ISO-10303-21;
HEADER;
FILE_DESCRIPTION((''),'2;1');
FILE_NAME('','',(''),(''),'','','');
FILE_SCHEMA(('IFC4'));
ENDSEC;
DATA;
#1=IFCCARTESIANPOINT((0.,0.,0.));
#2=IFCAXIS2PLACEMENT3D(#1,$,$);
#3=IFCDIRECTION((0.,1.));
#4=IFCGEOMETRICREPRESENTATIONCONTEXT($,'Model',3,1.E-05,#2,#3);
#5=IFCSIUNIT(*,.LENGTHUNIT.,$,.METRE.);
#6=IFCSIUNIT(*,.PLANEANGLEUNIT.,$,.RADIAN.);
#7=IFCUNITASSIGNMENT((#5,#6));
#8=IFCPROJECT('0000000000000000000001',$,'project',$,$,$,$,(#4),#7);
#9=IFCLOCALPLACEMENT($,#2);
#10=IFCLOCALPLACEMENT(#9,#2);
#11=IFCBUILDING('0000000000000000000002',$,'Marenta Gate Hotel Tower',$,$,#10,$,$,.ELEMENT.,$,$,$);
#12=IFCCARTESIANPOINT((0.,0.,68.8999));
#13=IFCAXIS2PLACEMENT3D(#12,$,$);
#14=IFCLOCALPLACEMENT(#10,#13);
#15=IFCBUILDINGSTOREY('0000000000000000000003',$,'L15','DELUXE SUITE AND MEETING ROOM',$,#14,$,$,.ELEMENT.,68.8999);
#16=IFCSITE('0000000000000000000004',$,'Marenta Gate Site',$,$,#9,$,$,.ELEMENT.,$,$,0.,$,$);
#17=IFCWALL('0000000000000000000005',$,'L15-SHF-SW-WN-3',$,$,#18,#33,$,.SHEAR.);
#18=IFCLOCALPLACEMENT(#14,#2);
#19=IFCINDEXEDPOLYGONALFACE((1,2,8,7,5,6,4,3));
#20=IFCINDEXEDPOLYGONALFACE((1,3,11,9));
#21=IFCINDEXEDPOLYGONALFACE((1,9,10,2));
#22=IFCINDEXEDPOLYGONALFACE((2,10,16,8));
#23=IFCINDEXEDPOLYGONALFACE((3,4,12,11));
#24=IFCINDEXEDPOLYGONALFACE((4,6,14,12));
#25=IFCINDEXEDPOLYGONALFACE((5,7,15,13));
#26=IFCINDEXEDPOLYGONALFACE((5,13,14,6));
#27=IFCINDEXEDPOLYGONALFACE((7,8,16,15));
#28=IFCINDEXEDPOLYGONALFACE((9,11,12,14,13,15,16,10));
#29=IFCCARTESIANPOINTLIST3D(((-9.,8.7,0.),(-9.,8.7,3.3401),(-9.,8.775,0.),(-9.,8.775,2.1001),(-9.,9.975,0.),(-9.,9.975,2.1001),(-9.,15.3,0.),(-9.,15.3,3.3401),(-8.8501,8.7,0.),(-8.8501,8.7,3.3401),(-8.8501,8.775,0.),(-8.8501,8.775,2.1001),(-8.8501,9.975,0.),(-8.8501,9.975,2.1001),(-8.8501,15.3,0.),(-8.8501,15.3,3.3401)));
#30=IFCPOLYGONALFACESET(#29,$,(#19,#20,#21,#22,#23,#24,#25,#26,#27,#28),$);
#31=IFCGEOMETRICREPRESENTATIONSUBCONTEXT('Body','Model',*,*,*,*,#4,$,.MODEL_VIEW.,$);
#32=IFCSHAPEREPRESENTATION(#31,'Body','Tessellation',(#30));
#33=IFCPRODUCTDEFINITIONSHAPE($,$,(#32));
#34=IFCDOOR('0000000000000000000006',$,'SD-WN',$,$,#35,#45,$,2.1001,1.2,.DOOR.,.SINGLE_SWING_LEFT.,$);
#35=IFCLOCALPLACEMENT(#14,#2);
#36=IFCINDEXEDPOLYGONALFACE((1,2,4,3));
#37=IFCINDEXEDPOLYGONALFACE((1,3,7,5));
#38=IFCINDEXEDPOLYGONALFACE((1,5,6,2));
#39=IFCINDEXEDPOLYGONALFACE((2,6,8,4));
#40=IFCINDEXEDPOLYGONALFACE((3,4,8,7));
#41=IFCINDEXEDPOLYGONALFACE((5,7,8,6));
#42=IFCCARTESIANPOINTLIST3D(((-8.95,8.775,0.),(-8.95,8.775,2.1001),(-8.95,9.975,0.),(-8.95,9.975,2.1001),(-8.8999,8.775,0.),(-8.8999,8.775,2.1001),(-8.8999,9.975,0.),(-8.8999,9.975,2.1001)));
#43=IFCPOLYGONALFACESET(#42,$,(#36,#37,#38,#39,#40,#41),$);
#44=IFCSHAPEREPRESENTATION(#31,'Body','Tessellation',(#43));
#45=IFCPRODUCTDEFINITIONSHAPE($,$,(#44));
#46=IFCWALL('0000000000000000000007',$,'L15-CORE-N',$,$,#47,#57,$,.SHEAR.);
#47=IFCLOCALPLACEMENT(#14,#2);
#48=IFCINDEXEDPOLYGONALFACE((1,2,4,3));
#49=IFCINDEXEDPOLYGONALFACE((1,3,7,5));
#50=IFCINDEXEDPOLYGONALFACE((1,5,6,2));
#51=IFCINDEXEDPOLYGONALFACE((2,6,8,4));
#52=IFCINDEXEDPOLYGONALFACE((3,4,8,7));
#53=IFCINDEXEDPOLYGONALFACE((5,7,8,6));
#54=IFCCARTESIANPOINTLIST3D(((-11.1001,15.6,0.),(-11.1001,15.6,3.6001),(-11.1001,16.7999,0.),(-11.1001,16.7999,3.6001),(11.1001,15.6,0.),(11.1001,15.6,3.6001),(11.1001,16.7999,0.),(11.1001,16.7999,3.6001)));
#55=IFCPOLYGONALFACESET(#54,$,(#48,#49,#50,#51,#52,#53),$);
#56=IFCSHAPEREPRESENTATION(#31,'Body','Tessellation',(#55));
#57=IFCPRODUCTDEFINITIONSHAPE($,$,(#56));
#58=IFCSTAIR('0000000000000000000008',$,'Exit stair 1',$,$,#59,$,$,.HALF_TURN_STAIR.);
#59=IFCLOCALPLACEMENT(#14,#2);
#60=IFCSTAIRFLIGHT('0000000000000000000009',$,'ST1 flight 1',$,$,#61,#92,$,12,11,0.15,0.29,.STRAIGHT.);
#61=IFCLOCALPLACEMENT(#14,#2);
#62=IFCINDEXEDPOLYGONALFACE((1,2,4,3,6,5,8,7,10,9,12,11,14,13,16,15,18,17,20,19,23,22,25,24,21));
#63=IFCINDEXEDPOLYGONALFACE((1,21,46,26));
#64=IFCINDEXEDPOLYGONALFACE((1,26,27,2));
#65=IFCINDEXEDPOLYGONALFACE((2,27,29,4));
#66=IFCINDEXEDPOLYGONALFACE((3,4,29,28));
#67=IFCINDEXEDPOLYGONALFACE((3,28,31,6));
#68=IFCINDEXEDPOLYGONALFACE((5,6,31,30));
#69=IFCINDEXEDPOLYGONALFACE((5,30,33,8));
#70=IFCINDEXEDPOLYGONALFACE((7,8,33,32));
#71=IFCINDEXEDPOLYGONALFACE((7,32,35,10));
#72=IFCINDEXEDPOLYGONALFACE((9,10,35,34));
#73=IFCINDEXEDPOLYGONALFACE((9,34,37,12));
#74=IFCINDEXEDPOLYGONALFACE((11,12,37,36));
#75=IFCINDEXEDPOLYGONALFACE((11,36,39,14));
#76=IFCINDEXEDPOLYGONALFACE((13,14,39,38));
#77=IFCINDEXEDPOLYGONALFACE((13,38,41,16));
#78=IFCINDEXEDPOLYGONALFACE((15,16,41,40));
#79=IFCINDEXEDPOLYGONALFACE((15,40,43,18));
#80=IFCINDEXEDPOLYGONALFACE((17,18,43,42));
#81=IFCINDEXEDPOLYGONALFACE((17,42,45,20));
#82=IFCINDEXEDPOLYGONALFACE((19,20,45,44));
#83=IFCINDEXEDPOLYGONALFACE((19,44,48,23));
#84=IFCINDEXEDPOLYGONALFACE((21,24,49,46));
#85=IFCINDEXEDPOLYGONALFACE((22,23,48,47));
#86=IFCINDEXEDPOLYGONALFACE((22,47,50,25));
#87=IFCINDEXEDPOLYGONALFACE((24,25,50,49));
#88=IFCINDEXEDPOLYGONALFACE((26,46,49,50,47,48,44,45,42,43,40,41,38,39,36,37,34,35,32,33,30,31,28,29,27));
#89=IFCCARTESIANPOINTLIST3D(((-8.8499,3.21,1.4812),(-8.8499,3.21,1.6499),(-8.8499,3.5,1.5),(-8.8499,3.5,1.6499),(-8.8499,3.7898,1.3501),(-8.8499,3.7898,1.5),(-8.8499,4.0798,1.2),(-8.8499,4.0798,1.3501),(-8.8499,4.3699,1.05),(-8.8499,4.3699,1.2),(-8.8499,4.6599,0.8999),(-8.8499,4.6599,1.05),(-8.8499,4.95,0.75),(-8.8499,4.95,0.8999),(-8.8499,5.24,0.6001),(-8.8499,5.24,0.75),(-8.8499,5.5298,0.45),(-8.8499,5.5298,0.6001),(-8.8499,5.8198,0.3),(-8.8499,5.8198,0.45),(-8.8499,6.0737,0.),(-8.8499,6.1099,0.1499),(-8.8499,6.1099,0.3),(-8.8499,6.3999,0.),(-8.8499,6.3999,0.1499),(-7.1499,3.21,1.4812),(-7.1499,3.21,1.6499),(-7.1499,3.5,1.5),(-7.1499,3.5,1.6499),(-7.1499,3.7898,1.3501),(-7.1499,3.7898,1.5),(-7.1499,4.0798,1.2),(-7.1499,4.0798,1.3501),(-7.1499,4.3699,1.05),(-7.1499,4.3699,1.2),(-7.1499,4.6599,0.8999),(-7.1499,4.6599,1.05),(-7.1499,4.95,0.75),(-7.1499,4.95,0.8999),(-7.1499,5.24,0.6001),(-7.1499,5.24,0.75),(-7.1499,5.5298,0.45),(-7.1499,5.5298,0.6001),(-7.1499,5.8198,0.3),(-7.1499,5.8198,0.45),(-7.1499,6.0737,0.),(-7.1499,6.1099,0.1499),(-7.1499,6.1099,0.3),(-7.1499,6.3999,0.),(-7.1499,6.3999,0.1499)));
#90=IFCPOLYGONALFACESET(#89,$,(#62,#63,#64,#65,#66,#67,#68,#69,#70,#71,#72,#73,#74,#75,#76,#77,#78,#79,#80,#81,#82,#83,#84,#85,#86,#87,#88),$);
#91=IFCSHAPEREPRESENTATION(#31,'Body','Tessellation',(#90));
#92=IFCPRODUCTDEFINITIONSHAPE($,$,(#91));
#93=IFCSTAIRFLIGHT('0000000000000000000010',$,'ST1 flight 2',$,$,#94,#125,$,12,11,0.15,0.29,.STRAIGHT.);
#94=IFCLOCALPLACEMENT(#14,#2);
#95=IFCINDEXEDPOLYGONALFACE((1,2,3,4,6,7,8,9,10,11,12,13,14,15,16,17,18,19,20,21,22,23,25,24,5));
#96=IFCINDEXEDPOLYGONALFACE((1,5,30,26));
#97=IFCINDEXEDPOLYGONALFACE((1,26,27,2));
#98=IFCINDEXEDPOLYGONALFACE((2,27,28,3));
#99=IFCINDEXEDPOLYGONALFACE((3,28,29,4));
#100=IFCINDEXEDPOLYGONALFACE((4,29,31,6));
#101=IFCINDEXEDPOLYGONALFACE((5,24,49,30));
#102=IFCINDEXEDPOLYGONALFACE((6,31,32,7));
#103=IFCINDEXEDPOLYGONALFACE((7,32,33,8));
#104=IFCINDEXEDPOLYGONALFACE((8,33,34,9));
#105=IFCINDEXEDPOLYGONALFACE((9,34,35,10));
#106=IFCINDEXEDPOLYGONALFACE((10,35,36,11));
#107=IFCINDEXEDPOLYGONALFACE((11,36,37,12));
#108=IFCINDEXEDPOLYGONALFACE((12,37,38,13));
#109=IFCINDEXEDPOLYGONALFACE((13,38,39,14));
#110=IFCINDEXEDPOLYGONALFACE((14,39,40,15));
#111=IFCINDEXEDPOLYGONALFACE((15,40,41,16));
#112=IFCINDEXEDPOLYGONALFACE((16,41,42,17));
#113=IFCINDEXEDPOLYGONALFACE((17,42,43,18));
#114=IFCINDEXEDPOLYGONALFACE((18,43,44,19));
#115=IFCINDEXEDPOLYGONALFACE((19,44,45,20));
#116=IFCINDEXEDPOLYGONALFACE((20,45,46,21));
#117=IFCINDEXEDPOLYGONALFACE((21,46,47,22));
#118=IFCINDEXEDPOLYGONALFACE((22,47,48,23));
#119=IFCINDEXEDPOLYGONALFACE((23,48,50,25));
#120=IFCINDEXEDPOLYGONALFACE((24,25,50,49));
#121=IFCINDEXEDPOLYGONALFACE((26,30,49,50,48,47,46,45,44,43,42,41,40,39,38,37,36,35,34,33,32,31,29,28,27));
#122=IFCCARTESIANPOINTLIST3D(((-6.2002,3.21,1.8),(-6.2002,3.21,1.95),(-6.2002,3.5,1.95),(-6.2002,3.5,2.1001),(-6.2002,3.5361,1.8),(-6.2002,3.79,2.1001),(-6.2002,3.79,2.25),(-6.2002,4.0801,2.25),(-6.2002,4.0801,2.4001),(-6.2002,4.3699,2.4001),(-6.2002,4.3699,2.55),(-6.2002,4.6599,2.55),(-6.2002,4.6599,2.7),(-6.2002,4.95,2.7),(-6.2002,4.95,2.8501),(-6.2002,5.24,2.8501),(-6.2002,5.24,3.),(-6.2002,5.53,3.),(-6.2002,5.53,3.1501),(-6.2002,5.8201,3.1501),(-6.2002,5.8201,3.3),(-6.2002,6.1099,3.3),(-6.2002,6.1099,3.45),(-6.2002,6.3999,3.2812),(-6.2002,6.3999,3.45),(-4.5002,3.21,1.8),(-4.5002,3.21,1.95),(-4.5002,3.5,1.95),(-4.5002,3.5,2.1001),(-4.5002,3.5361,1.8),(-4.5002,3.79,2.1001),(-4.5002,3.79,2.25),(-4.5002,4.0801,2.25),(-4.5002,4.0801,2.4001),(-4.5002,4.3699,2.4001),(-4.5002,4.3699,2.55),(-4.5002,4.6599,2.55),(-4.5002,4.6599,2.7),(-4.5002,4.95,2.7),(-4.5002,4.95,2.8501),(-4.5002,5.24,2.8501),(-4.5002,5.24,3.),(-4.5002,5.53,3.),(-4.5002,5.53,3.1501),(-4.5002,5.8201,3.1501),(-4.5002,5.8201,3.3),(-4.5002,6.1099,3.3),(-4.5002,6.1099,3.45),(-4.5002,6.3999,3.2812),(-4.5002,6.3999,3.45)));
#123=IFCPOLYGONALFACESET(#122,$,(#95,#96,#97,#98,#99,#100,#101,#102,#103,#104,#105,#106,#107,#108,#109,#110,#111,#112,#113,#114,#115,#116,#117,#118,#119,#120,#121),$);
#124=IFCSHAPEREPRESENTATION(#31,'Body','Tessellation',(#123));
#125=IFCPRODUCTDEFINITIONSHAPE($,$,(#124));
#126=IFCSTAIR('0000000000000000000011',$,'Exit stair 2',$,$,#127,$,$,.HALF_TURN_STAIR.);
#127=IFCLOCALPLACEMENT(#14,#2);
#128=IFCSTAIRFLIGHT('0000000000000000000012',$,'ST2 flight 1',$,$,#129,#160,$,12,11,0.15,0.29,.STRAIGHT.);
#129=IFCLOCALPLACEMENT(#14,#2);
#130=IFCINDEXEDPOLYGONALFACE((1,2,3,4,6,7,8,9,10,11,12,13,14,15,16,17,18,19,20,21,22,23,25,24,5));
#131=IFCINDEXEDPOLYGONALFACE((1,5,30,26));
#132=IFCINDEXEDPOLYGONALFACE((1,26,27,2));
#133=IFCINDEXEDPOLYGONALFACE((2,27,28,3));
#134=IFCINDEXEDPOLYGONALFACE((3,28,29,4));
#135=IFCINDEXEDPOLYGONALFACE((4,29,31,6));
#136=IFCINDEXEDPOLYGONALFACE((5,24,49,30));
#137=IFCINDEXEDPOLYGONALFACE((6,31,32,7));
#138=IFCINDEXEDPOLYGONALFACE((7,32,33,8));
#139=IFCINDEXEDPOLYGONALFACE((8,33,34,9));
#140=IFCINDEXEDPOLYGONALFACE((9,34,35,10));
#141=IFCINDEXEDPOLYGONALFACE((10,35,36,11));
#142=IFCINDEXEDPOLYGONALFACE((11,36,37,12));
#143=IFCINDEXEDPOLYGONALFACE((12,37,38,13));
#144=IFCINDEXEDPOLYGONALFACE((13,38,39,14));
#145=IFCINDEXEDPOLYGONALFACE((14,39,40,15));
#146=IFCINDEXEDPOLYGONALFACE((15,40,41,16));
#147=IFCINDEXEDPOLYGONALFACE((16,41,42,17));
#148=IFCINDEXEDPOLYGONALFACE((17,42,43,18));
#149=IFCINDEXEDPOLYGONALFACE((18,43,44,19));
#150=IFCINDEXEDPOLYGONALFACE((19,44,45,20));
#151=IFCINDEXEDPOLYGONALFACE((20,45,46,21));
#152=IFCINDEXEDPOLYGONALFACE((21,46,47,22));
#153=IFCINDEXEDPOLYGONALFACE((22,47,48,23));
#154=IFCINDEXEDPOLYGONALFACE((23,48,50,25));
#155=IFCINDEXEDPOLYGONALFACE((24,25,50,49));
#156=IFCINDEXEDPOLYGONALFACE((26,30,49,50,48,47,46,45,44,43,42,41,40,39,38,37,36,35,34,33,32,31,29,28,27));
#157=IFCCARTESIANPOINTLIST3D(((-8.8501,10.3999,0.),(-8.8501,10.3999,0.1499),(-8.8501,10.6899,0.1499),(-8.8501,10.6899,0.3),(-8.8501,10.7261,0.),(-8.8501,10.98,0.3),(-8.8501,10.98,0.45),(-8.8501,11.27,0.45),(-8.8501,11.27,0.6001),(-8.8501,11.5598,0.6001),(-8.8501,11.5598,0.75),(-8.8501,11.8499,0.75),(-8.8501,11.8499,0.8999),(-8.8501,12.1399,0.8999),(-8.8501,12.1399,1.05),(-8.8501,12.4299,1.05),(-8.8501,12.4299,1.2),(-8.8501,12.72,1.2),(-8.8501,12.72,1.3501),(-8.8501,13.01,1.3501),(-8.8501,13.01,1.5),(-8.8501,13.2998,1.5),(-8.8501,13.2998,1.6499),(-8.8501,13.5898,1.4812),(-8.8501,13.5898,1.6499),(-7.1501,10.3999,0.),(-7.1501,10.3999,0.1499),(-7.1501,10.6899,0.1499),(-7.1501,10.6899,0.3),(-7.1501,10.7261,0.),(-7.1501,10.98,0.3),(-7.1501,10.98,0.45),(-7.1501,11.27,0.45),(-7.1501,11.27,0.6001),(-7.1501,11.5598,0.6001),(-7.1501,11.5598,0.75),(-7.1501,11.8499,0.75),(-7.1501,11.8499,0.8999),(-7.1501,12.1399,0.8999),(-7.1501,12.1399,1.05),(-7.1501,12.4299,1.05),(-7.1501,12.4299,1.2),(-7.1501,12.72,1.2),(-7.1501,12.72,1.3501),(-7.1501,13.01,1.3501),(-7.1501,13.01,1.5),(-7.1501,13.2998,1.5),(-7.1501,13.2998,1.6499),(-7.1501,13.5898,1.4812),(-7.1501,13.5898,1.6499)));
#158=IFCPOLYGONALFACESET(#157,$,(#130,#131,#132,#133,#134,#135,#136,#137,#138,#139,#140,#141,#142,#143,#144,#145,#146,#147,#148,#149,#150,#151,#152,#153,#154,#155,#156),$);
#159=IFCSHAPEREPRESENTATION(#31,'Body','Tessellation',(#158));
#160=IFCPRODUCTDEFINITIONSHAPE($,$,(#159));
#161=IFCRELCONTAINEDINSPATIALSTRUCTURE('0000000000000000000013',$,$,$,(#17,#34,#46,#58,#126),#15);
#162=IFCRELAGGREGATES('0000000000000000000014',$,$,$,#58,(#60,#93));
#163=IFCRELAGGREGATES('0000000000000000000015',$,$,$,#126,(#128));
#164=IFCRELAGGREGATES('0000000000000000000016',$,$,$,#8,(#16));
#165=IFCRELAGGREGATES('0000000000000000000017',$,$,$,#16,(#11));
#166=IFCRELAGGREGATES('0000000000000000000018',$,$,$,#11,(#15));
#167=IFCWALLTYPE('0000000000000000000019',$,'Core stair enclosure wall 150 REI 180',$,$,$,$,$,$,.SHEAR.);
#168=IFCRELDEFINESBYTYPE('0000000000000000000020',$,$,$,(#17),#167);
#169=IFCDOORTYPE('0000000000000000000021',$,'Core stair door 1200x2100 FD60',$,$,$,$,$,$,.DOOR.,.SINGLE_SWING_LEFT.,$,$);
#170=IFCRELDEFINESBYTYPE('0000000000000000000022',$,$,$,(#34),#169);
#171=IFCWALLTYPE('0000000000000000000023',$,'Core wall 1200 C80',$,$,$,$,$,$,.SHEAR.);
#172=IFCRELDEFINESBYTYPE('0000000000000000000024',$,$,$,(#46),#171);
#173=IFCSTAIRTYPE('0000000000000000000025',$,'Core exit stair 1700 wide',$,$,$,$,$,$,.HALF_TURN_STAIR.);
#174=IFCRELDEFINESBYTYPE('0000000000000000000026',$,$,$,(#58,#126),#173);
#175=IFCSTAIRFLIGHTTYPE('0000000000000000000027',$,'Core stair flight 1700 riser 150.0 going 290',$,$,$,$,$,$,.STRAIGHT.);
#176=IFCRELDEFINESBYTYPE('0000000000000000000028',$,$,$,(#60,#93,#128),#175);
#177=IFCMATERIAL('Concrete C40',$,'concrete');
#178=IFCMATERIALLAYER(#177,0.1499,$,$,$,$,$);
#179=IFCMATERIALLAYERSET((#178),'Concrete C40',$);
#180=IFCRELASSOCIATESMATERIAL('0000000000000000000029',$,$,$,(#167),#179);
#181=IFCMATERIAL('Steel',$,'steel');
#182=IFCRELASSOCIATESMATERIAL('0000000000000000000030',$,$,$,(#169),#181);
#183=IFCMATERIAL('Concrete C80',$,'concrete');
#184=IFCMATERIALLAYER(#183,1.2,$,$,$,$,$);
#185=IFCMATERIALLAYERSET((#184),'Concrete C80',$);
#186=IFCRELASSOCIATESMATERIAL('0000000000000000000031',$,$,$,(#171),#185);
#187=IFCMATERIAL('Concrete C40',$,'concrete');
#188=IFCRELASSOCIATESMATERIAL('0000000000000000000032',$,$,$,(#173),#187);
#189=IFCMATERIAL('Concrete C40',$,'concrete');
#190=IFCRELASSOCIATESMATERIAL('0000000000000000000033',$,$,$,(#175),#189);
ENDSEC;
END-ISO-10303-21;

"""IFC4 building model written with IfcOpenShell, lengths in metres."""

from ifc_helpers import new_model, si_unit, direction, frame, frame_2d, origin, place, context, subcontext, project, spatial, polyline, rectangle, outline, extrude, material, layer, layer_set, type_object, element, fill, aggregate, save


model = new_model("IFC4")

# Units and contexts
model_context = context("Model", 3, precision=1e-05, world=origin(), true_north=direction((0.0, 1.0)))
body_context = subcontext(model_context, "Body", "Model", "MODEL_VIEW")
ifc_project = project(units=[si_unit("LENGTHUNIT", "METRE"), si_unit("PLANEANGLEUNIT", "RADIAN")], contexts=[model_context])

# Site, building, storey
site_placement = place(None, origin())
site = spatial("IfcSite", under=ifc_project, at=site_placement, Name="Marenta Gate Site", CompositionType="ELEMENT", RefElevation=0.0)
building_placement = place(site_placement, origin())
building = spatial("IfcBuilding", under=site, at=building_placement, Name="Marenta Gate Hotel Tower", CompositionType="ELEMENT")
storey_placement = place(building_placement, frame((0.0, 0.0, 68.8999)))
storey = spatial("IfcBuildingStorey", under=building, at=storey_placement, Name="L15", Description="DELUXE SUITE AND MEETING ROOM", CompositionType="ELEMENT", Elevation=68.8999)

# Wall, opening, door
ifc_material_1 = material(Name="Concrete C40", Category="concrete")
ifc_layer_1 = layer(ifc_material_1, 0.1499)
ifc_layer_set_1 = layer_set([ifc_layer_1], Name="Concrete C40")
wall_type_1 = type_object("IfcWallType", Name="Core stair enclosure wall 150 REI 180", PredefinedType="SHEAR", material=ifc_layer_set_1)
wall_1_placement = place(storey_placement, frame((-8.925, 8.7, 0.0), z_axis=(0.0, 0.0, 1.0), x_axis=(0.0, 1.0, 0.0)))
wall_1 = element("IfcWall", 1, at=wall_1_placement, inside=storey, type_object=wall_type_1, Name="L15-SHF-SW-WN-3", PredefinedType="SHEAR", context=body_context, shape_type="SweptSolid", body=[
    extrude(rectangle(XDim=6.6001, YDim=0.1499, at=frame_2d((3.3, 0.0))), origin(), (0.0, 0.0, 1.0), 3.3401),
])
opening_1_placement = place(wall_1_placement, frame((0.075, 0.0, 0.0)))
opening_1 = element("IfcOpeningElement", 2, at=opening_1_placement, cuts=wall_1, PredefinedType="OPENING", context=body_context, shape_type="SweptSolid", body=[
    extrude(rectangle(XDim=1.2, YDim=2.1001, at=frame_2d((0.6001, 1.05))), frame((0.0, 0.075, 0.0), z_axis=(0.0, -1.0, 0.0), x_axis=(1.0, 0.0, 0.0)), (0.0, 0.0, 1.0), 0.1499),
])
ifc_material_2 = material(Name="Steel", Category="steel")
door_type_1 = type_object("IfcDoorType", Name="Core stair door 1200x2100 FD60", OperationType="SINGLE_SWING_LEFT", PredefinedType="DOOR", material=ifc_material_2)
door_1_placement = place(opening_1_placement, origin())
door_1 = element("IfcDoor", 3, at=door_1_placement, inside=storey, type_object=door_type_1, Name="SD-WN", OperationType="SINGLE_SWING_LEFT", OverallHeight=2.1001, OverallWidth=1.2, PredefinedType="DOOR", context=body_context, shape_type="SweptSolid", body=[
    extrude(rectangle(XDim=1.2, YDim=2.1001, at=frame_2d((0.6001, 1.05))), frame((0.0, 0.0249, 0.0), z_axis=(0.0, -1.0, 0.0), x_axis=(1.0, 0.0, 0.0)), (0.0, 0.0, 1.0), 0.05),
])
fill(opening_1, door_1)

# Wall
ifc_material_3 = material(Name="Concrete C80", Category="concrete")
ifc_layer_2 = layer(ifc_material_3, 1.2)
ifc_layer_set_2 = layer_set([ifc_layer_2], Name="Concrete C80")
wall_type_2 = type_object("IfcWallType", Name="Core wall 1200 C80", PredefinedType="SHEAR", material=ifc_layer_set_2)
wall_2_placement = place(storey_placement, frame((-11.1001, 16.2, 0.0), z_axis=(0.0, 0.0, 1.0), x_axis=(1.0, 0.0, 0.0)))
element("IfcWall", 4, at=wall_2_placement, inside=storey, type_object=wall_type_2, Name="L15-CORE-N", PredefinedType="SHEAR", context=body_context, shape_type="SweptSolid", body=[
    extrude(rectangle(XDim=22.2002, YDim=1.2, at=frame_2d((11.1001, 0.0))), origin(), (0.0, 0.0, 1.0), 3.6001),
])

# Stairs, stair flights
ifc_material_4 = material(Name="Concrete C40", Category="concrete")
stair_type = type_object("IfcStairType", Name="Core exit stair 1700 wide", PredefinedType="HALF_TURN_STAIR", material=ifc_material_4)
stair_1_placement = place(storey_placement, origin())
stair_1 = element("IfcStair", 5, at=stair_1_placement, inside=storey, type_object=stair_type, Name="Exit stair 1", PredefinedType="HALF_TURN_STAIR")
ifc_material_5 = material(Name="Concrete C40", Category="concrete")
stair_flight_type = type_object("IfcStairFlightType", Name="Core stair flight 1700 riser 150.0 going 290", PredefinedType="STRAIGHT", material=ifc_material_5)
stair_flight_1_placement = place(storey_placement, frame((-8.0, 6.3999, 0.0), z_axis=(0.0, 0.0, 1.0), x_axis=(0.0, -1.0, 0.0)))
stair_flight_1 = element("IfcStairFlight", 6, at=stair_flight_1_placement, type_object=stair_flight_type, Name="ST1 flight 1", NumberOfRisers=12, NumberOfTreads=11, PredefinedType="STRAIGHT", RiserHeight=0.15, TreadLength=0.29, context=body_context, shape_type="SweptSolid", body=[
    extrude(outline(polyline([(0.0, 0.0), (0.0, 0.1499), (0.29, 0.1499), (0.29, 0.3), (0.5801, 0.3), (0.5801, 0.45), (0.8701, 0.45), (0.8701, 0.6001), (1.1599, 0.6001), (1.1599, 0.75), (1.45, 0.75), (1.45, 0.8999), (1.74, 0.8999), (1.74, 1.05), (2.03, 1.05), (2.03, 1.2), (2.3201, 1.2), (2.3201, 1.3501), (2.6101, 1.3501), (2.6101, 1.5), (2.8999, 1.5), (2.8999, 1.6499), (3.1899, 1.6499), (3.1899, 1.8), (3.1899, 1.4812), (0.3262, 0.0), (0.0, 0.0)])), frame((0.0, 0.8501, 0.0), z_axis=(0.0, -1.0, 0.0), x_axis=(1.0, 0.0, 0.0)), (0.0, 0.0, 1.0), 1.7),
])
stair_flight_2_placement = place(storey_placement, frame((-5.3501, 3.21, 1.8), z_axis=(0.0, 0.0, 1.0), x_axis=(0.0, 1.0, 0.0)))
stair_flight_2 = element("IfcStairFlight", 7, at=stair_flight_2_placement, type_object=stair_flight_type, Name="ST1 flight 2", NumberOfRisers=12, NumberOfTreads=11, PredefinedType="STRAIGHT", RiserHeight=0.15, TreadLength=0.29, context=body_context, shape_type="SweptSolid", body=[
    extrude(outline(polyline([(0.0, 0.0), (0.0, 0.1499), (0.29, 0.1499), (0.29, 0.3), (0.5801, 0.3), (0.5801, 0.45), (0.8701, 0.45), (0.8701, 0.6001), (1.1599, 0.6001), (1.1599, 0.75), (1.45, 0.75), (1.45, 0.8999), (1.74, 0.8999), (1.74, 1.05), (2.03, 1.05), (2.03, 1.2), (2.3201, 1.2), (2.3201, 1.3501), (2.6101, 1.3501), (2.6101, 1.5), (2.8999, 1.5), (2.8999, 1.6499), (3.1899, 1.6499), (3.1899, 1.8), (3.1899, 1.4812), (0.3262, 0.0), (0.0, 0.0)])), frame((0.0, 0.8501, 0.0), z_axis=(0.0, -1.0, 0.0), x_axis=(1.0, 0.0, 0.0)), (0.0, 0.0, 1.0), 1.7),
])
aggregate(stair_1, [stair_flight_1, stair_flight_2])
stair_2_placement = place(storey_placement, origin())
stair_2 = element("IfcStair", 8, at=stair_2_placement, inside=storey, type_object=stair_type, Name="Exit stair 2", PredefinedType="HALF_TURN_STAIR")
stair_flight_3_placement = place(storey_placement, frame((-8.0, 10.3999, 0.0), z_axis=(0.0, 0.0, 1.0), x_axis=(0.0, 1.0, 0.0)))
stair_flight_3 = element("IfcStairFlight", 9, at=stair_flight_3_placement, type_object=stair_flight_type, Name="ST2 flight 1", NumberOfRisers=12, NumberOfTreads=11, PredefinedType="STRAIGHT", RiserHeight=0.15, TreadLength=0.29, context=body_context, shape_type="SweptSolid", body=[
    extrude(outline(polyline([(0.0, 0.0), (0.0, 0.1499), (0.29, 0.1499), (0.29, 0.3), (0.5801, 0.3), (0.5801, 0.45), (0.8701, 0.45), (0.8701, 0.6001), (1.1599, 0.6001), (1.1599, 0.75), (1.45, 0.75), (1.45, 0.8999), (1.74, 0.8999), (1.74, 1.05), (2.03, 1.05), (2.03, 1.2), (2.3201, 1.2), (2.3201, 1.3501), (2.6101, 1.3501), (2.6101, 1.5), (2.8999, 1.5), (2.8999, 1.6499), (3.1899, 1.6499), (3.1899, 1.8), (3.1899, 1.4812), (0.3262, 0.0), (0.0, 0.0)])), frame((0.0, 0.8501, 0.0), z_axis=(0.0, -1.0, 0.0), x_axis=(1.0, 0.0, 0.0)), (0.0, 0.0, 1.0), 1.7),
])
aggregate(stair_2, [stair_flight_3])

save(model, "model.ifc")
